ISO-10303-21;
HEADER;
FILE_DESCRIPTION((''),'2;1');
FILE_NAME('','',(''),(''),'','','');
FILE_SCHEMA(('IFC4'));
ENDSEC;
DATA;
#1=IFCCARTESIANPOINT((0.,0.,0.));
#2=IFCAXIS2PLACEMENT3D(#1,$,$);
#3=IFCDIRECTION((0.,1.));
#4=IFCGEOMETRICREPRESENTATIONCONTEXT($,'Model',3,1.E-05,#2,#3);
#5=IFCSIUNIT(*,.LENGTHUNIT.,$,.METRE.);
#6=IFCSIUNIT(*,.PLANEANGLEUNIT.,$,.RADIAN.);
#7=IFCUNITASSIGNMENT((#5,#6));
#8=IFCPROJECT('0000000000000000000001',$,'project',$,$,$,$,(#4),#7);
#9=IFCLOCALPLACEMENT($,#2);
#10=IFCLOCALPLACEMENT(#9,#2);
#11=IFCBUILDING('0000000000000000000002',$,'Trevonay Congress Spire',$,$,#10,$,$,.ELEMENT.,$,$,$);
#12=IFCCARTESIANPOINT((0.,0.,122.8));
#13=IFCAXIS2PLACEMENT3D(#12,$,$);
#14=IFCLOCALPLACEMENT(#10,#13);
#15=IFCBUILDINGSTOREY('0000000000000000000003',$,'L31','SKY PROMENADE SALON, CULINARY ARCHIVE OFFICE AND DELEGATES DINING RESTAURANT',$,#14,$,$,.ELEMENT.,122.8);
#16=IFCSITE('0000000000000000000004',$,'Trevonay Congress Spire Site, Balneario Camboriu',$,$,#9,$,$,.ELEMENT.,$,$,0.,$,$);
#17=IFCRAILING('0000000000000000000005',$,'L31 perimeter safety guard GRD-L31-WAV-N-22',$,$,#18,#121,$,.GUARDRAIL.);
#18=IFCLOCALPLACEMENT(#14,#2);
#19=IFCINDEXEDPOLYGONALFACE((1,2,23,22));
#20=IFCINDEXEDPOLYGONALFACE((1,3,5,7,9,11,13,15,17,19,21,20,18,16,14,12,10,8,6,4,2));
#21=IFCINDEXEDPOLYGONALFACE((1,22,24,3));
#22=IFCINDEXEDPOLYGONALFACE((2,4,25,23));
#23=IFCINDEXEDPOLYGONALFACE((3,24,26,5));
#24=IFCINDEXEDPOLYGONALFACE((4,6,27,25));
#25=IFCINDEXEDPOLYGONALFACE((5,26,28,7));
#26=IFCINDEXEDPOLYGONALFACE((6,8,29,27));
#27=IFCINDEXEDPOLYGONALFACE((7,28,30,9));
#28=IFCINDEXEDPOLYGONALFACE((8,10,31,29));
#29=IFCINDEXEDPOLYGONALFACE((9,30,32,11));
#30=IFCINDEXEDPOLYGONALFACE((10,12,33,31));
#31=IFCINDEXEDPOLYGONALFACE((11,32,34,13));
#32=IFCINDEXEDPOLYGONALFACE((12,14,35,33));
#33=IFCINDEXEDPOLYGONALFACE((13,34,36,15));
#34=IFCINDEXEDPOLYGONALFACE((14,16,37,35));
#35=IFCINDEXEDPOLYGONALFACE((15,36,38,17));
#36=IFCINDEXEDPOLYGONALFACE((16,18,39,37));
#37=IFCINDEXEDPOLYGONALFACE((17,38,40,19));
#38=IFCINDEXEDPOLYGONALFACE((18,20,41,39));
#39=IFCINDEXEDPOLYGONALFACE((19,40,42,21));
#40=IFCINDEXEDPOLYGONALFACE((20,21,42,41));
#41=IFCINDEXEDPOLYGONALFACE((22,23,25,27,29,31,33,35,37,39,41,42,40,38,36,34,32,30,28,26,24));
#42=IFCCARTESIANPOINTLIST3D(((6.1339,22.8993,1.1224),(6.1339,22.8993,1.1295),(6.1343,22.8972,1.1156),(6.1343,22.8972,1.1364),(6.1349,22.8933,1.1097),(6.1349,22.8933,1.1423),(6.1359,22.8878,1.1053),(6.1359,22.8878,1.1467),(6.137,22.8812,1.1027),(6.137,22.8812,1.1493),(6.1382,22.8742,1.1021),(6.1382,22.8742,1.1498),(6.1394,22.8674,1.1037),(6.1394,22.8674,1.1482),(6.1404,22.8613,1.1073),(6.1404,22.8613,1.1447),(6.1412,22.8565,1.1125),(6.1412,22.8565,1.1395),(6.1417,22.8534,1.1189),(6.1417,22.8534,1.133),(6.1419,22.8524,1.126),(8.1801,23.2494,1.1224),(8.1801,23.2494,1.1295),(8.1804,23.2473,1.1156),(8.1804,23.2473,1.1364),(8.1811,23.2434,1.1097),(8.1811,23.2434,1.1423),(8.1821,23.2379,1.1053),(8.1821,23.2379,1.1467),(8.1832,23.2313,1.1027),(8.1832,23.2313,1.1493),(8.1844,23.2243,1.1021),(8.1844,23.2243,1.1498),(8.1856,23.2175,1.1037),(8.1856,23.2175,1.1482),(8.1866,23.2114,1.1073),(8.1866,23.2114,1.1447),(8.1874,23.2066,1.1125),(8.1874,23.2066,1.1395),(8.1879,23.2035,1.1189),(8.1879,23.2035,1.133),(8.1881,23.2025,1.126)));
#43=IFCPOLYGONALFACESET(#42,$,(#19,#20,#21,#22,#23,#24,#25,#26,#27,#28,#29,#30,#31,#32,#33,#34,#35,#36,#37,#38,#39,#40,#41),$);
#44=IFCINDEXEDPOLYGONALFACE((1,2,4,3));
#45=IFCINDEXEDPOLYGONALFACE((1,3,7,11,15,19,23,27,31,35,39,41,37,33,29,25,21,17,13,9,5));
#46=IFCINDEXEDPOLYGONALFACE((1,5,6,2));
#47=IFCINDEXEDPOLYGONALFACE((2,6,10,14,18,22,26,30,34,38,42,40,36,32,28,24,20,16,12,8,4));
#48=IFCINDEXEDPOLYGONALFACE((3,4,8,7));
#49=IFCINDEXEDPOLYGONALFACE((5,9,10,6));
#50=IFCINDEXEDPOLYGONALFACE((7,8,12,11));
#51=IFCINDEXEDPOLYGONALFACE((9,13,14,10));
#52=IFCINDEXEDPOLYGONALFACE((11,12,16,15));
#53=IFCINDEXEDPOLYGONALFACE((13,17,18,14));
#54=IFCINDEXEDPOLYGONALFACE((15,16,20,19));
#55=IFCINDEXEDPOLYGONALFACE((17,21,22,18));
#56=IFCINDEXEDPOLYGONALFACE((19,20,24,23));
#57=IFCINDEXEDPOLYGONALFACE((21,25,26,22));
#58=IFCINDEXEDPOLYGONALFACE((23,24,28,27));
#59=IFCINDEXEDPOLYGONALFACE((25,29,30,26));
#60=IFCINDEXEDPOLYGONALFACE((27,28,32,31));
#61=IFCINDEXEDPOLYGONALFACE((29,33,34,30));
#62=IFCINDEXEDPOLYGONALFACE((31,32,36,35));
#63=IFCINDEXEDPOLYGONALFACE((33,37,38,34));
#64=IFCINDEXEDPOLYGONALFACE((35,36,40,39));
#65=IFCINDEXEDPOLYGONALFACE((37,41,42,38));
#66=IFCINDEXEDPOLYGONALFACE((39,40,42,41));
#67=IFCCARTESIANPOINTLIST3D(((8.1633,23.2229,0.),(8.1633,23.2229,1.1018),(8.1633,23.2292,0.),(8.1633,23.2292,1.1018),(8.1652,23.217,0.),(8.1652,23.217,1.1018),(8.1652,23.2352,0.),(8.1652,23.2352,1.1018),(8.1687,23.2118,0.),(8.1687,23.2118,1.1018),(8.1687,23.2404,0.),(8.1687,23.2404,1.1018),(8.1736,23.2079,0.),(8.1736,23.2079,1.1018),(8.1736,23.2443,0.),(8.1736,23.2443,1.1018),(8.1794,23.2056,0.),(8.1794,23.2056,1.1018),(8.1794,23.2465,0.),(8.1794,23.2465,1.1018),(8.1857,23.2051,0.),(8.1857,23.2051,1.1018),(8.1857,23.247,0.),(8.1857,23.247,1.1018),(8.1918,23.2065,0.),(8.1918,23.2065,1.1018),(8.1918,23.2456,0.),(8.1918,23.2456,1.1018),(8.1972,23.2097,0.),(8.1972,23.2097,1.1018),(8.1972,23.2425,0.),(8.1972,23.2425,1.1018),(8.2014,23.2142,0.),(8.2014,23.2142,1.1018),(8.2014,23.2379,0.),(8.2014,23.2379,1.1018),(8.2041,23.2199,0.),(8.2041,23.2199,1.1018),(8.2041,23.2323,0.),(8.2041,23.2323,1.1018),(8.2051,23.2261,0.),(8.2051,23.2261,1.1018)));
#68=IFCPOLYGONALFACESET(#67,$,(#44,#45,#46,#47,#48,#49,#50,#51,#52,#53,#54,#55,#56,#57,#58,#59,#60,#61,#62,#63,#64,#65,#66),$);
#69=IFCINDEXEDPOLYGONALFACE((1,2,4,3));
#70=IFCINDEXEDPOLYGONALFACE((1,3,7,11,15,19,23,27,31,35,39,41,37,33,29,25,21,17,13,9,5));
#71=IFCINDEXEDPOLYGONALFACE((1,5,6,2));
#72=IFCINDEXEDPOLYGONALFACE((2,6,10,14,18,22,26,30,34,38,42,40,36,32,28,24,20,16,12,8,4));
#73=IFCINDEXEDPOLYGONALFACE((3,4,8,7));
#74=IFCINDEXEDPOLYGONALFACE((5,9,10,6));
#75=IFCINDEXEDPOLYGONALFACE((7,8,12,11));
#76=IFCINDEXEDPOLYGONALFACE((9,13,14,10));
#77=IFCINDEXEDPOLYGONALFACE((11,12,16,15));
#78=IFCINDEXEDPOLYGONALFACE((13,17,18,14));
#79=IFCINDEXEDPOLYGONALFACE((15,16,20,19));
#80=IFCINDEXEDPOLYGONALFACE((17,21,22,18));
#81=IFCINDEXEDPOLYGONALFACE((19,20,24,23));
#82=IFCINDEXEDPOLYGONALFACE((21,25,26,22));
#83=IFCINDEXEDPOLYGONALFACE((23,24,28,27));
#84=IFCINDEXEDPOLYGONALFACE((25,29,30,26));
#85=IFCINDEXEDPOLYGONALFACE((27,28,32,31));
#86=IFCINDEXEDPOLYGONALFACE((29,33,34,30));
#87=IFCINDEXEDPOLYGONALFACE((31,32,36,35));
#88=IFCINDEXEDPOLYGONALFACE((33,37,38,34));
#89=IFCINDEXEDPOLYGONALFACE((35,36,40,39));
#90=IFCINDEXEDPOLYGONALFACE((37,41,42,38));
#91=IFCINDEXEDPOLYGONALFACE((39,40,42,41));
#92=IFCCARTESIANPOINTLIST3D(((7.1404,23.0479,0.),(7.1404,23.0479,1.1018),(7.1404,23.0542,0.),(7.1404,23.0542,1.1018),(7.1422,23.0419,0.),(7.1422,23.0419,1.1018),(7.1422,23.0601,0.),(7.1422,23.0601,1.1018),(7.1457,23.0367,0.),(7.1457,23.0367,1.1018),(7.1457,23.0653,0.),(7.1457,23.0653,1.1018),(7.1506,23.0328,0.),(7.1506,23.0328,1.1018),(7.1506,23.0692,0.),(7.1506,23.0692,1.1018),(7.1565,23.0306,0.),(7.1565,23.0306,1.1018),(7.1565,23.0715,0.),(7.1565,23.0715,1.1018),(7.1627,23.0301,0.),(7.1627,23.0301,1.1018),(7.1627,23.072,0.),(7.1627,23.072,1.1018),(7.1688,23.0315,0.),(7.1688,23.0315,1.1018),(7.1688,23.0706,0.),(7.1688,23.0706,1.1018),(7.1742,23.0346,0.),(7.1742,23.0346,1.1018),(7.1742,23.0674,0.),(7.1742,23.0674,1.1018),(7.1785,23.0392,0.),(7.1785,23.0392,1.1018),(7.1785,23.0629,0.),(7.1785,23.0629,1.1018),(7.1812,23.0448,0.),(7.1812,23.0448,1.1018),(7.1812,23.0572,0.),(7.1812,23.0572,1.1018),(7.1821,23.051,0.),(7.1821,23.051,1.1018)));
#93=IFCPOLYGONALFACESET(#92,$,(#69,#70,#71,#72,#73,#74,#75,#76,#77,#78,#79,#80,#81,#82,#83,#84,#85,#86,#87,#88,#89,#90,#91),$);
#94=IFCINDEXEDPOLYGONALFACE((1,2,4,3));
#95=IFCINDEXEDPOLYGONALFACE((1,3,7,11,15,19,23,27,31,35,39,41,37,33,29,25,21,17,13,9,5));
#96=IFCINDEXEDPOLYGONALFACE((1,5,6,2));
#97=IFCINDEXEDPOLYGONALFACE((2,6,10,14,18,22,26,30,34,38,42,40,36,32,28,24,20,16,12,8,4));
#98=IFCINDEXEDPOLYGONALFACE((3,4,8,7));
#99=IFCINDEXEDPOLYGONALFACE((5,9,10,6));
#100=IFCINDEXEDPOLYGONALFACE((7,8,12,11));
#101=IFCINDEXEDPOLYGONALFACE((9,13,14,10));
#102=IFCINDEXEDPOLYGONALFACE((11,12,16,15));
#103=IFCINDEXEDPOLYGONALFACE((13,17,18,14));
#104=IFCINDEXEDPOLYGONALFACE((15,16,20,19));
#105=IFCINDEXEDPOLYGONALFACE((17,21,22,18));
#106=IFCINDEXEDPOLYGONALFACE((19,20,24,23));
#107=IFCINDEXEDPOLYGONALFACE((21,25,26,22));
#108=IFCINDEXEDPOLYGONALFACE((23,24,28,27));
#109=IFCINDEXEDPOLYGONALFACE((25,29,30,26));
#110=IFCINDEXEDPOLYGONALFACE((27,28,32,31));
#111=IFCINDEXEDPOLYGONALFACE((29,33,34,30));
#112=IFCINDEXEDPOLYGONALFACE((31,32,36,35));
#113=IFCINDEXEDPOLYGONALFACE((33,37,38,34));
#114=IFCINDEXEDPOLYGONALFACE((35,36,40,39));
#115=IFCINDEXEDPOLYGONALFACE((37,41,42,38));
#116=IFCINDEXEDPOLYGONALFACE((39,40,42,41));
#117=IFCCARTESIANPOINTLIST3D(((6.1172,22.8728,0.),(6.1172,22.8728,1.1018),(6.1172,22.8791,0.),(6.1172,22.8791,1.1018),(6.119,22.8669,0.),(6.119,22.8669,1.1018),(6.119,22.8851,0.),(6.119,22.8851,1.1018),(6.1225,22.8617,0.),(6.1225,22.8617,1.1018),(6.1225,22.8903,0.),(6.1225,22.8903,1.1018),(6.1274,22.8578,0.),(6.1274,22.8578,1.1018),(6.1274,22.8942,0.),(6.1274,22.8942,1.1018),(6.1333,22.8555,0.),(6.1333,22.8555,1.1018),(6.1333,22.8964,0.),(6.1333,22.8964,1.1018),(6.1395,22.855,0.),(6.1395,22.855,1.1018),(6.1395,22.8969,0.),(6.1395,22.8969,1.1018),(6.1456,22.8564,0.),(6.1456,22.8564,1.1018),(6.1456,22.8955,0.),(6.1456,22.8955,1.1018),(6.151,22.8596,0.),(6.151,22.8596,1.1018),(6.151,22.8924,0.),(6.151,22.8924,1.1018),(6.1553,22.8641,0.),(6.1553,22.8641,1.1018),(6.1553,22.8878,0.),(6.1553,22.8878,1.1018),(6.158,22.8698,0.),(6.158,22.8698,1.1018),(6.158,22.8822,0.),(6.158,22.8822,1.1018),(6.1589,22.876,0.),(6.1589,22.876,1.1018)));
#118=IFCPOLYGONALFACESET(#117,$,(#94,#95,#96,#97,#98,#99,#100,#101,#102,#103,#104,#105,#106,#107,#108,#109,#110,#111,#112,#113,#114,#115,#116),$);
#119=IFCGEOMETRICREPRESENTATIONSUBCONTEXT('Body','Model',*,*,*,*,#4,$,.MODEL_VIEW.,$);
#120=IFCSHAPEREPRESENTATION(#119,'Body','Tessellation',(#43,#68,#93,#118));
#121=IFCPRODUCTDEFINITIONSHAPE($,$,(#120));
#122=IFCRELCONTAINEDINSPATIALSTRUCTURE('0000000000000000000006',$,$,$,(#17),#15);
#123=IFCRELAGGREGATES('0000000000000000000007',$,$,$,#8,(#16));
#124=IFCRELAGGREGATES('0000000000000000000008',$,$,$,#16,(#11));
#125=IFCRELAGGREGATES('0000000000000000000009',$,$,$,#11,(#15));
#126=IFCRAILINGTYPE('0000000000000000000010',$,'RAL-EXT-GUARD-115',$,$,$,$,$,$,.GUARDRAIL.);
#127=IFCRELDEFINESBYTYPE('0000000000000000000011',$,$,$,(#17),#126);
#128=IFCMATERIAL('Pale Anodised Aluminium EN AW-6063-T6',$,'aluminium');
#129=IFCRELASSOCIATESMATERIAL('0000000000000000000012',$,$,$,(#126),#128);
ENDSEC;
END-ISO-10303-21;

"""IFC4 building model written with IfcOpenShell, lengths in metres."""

from ifc_helpers import new_model, si_unit, direction, frame, origin, origin_2d, place, context, subcontext, project, spatial, circle, extrude, material, type_object, element, save


model = new_model("IFC4")

# Units and contexts
model_context = context("Model", 3, precision=1e-05, world=origin(), true_north=direction((0.0, 1.0)))
body_context = subcontext(model_context, "Body", "Model", "MODEL_VIEW")
ifc_project = project(units=[si_unit("LENGTHUNIT", "METRE"), si_unit("PLANEANGLEUNIT", "RADIAN")], contexts=[model_context])

# Site, building, storey
site_placement = place(None, origin())
site = spatial("IfcSite", under=ifc_project, at=site_placement, Name="Trevonay Congress Spire Site, Balneario Camboriu", CompositionType="ELEMENT", RefElevation=0.0)
building_placement = place(site_placement, origin())
building = spatial("IfcBuilding", under=site, at=building_placement, Name="Trevonay Congress Spire", CompositionType="ELEMENT")
storey_placement = place(building_placement, frame((0.0, 0.0, 122.8)))
storey = spatial("IfcBuildingStorey", under=building, at=storey_placement, Name="L31", Description="SKY PROMENADE SALON, CULINARY ARCHIVE OFFICE AND DELEGATES DINING RESTAURANT", CompositionType="ELEMENT", Elevation=122.8)

# Shared definitions
ifc_material_1 = material(Name="Pale Anodised Aluminium EN AW-6063-T6", Category="aluminium")

# Railing
railing_type = type_object("IfcRailingType", Name="RAL-EXT-GUARD-115", PredefinedType="GUARDRAIL", material=ifc_material_1)
railing_1_placement = place(storey_placement, frame((8.1841, 23.2261, 0.0)))
element("IfcRailing", 1, at=railing_1_placement, inside=storey, type_object=railing_type, Name="L31 perimeter safety guard GRD-L31-WAV-N-22", PredefinedType="GUARDRAIL", context=body_context, shape_type="SweptSolid", body=[
    extrude(circle(Radius=0.0239, at=origin_2d()), frame((0.0, 0.0, 1.126), z_axis=(-0.985676, -0.16865, 0.0), x_axis=(0.16865, -0.985676, 0.0)), (0.0, 0.0, 1.0), 2.0759),
    extrude(circle(Radius=0.021, at=origin_2d()), origin(), (0.0, 0.0, 1.0), 1.1018),
    extrude(circle(Radius=0.021, at=origin_2d()), frame((-1.0229, -0.175, 0.0)), (0.0, 0.0, 1.0), 1.1018),
    extrude(circle(Radius=0.021, at=origin_2d()), frame((-2.0461, -0.3501, 0.0)), (0.0, 0.0, 1.0), 1.1018),
])

save(model, "model.ifc")
